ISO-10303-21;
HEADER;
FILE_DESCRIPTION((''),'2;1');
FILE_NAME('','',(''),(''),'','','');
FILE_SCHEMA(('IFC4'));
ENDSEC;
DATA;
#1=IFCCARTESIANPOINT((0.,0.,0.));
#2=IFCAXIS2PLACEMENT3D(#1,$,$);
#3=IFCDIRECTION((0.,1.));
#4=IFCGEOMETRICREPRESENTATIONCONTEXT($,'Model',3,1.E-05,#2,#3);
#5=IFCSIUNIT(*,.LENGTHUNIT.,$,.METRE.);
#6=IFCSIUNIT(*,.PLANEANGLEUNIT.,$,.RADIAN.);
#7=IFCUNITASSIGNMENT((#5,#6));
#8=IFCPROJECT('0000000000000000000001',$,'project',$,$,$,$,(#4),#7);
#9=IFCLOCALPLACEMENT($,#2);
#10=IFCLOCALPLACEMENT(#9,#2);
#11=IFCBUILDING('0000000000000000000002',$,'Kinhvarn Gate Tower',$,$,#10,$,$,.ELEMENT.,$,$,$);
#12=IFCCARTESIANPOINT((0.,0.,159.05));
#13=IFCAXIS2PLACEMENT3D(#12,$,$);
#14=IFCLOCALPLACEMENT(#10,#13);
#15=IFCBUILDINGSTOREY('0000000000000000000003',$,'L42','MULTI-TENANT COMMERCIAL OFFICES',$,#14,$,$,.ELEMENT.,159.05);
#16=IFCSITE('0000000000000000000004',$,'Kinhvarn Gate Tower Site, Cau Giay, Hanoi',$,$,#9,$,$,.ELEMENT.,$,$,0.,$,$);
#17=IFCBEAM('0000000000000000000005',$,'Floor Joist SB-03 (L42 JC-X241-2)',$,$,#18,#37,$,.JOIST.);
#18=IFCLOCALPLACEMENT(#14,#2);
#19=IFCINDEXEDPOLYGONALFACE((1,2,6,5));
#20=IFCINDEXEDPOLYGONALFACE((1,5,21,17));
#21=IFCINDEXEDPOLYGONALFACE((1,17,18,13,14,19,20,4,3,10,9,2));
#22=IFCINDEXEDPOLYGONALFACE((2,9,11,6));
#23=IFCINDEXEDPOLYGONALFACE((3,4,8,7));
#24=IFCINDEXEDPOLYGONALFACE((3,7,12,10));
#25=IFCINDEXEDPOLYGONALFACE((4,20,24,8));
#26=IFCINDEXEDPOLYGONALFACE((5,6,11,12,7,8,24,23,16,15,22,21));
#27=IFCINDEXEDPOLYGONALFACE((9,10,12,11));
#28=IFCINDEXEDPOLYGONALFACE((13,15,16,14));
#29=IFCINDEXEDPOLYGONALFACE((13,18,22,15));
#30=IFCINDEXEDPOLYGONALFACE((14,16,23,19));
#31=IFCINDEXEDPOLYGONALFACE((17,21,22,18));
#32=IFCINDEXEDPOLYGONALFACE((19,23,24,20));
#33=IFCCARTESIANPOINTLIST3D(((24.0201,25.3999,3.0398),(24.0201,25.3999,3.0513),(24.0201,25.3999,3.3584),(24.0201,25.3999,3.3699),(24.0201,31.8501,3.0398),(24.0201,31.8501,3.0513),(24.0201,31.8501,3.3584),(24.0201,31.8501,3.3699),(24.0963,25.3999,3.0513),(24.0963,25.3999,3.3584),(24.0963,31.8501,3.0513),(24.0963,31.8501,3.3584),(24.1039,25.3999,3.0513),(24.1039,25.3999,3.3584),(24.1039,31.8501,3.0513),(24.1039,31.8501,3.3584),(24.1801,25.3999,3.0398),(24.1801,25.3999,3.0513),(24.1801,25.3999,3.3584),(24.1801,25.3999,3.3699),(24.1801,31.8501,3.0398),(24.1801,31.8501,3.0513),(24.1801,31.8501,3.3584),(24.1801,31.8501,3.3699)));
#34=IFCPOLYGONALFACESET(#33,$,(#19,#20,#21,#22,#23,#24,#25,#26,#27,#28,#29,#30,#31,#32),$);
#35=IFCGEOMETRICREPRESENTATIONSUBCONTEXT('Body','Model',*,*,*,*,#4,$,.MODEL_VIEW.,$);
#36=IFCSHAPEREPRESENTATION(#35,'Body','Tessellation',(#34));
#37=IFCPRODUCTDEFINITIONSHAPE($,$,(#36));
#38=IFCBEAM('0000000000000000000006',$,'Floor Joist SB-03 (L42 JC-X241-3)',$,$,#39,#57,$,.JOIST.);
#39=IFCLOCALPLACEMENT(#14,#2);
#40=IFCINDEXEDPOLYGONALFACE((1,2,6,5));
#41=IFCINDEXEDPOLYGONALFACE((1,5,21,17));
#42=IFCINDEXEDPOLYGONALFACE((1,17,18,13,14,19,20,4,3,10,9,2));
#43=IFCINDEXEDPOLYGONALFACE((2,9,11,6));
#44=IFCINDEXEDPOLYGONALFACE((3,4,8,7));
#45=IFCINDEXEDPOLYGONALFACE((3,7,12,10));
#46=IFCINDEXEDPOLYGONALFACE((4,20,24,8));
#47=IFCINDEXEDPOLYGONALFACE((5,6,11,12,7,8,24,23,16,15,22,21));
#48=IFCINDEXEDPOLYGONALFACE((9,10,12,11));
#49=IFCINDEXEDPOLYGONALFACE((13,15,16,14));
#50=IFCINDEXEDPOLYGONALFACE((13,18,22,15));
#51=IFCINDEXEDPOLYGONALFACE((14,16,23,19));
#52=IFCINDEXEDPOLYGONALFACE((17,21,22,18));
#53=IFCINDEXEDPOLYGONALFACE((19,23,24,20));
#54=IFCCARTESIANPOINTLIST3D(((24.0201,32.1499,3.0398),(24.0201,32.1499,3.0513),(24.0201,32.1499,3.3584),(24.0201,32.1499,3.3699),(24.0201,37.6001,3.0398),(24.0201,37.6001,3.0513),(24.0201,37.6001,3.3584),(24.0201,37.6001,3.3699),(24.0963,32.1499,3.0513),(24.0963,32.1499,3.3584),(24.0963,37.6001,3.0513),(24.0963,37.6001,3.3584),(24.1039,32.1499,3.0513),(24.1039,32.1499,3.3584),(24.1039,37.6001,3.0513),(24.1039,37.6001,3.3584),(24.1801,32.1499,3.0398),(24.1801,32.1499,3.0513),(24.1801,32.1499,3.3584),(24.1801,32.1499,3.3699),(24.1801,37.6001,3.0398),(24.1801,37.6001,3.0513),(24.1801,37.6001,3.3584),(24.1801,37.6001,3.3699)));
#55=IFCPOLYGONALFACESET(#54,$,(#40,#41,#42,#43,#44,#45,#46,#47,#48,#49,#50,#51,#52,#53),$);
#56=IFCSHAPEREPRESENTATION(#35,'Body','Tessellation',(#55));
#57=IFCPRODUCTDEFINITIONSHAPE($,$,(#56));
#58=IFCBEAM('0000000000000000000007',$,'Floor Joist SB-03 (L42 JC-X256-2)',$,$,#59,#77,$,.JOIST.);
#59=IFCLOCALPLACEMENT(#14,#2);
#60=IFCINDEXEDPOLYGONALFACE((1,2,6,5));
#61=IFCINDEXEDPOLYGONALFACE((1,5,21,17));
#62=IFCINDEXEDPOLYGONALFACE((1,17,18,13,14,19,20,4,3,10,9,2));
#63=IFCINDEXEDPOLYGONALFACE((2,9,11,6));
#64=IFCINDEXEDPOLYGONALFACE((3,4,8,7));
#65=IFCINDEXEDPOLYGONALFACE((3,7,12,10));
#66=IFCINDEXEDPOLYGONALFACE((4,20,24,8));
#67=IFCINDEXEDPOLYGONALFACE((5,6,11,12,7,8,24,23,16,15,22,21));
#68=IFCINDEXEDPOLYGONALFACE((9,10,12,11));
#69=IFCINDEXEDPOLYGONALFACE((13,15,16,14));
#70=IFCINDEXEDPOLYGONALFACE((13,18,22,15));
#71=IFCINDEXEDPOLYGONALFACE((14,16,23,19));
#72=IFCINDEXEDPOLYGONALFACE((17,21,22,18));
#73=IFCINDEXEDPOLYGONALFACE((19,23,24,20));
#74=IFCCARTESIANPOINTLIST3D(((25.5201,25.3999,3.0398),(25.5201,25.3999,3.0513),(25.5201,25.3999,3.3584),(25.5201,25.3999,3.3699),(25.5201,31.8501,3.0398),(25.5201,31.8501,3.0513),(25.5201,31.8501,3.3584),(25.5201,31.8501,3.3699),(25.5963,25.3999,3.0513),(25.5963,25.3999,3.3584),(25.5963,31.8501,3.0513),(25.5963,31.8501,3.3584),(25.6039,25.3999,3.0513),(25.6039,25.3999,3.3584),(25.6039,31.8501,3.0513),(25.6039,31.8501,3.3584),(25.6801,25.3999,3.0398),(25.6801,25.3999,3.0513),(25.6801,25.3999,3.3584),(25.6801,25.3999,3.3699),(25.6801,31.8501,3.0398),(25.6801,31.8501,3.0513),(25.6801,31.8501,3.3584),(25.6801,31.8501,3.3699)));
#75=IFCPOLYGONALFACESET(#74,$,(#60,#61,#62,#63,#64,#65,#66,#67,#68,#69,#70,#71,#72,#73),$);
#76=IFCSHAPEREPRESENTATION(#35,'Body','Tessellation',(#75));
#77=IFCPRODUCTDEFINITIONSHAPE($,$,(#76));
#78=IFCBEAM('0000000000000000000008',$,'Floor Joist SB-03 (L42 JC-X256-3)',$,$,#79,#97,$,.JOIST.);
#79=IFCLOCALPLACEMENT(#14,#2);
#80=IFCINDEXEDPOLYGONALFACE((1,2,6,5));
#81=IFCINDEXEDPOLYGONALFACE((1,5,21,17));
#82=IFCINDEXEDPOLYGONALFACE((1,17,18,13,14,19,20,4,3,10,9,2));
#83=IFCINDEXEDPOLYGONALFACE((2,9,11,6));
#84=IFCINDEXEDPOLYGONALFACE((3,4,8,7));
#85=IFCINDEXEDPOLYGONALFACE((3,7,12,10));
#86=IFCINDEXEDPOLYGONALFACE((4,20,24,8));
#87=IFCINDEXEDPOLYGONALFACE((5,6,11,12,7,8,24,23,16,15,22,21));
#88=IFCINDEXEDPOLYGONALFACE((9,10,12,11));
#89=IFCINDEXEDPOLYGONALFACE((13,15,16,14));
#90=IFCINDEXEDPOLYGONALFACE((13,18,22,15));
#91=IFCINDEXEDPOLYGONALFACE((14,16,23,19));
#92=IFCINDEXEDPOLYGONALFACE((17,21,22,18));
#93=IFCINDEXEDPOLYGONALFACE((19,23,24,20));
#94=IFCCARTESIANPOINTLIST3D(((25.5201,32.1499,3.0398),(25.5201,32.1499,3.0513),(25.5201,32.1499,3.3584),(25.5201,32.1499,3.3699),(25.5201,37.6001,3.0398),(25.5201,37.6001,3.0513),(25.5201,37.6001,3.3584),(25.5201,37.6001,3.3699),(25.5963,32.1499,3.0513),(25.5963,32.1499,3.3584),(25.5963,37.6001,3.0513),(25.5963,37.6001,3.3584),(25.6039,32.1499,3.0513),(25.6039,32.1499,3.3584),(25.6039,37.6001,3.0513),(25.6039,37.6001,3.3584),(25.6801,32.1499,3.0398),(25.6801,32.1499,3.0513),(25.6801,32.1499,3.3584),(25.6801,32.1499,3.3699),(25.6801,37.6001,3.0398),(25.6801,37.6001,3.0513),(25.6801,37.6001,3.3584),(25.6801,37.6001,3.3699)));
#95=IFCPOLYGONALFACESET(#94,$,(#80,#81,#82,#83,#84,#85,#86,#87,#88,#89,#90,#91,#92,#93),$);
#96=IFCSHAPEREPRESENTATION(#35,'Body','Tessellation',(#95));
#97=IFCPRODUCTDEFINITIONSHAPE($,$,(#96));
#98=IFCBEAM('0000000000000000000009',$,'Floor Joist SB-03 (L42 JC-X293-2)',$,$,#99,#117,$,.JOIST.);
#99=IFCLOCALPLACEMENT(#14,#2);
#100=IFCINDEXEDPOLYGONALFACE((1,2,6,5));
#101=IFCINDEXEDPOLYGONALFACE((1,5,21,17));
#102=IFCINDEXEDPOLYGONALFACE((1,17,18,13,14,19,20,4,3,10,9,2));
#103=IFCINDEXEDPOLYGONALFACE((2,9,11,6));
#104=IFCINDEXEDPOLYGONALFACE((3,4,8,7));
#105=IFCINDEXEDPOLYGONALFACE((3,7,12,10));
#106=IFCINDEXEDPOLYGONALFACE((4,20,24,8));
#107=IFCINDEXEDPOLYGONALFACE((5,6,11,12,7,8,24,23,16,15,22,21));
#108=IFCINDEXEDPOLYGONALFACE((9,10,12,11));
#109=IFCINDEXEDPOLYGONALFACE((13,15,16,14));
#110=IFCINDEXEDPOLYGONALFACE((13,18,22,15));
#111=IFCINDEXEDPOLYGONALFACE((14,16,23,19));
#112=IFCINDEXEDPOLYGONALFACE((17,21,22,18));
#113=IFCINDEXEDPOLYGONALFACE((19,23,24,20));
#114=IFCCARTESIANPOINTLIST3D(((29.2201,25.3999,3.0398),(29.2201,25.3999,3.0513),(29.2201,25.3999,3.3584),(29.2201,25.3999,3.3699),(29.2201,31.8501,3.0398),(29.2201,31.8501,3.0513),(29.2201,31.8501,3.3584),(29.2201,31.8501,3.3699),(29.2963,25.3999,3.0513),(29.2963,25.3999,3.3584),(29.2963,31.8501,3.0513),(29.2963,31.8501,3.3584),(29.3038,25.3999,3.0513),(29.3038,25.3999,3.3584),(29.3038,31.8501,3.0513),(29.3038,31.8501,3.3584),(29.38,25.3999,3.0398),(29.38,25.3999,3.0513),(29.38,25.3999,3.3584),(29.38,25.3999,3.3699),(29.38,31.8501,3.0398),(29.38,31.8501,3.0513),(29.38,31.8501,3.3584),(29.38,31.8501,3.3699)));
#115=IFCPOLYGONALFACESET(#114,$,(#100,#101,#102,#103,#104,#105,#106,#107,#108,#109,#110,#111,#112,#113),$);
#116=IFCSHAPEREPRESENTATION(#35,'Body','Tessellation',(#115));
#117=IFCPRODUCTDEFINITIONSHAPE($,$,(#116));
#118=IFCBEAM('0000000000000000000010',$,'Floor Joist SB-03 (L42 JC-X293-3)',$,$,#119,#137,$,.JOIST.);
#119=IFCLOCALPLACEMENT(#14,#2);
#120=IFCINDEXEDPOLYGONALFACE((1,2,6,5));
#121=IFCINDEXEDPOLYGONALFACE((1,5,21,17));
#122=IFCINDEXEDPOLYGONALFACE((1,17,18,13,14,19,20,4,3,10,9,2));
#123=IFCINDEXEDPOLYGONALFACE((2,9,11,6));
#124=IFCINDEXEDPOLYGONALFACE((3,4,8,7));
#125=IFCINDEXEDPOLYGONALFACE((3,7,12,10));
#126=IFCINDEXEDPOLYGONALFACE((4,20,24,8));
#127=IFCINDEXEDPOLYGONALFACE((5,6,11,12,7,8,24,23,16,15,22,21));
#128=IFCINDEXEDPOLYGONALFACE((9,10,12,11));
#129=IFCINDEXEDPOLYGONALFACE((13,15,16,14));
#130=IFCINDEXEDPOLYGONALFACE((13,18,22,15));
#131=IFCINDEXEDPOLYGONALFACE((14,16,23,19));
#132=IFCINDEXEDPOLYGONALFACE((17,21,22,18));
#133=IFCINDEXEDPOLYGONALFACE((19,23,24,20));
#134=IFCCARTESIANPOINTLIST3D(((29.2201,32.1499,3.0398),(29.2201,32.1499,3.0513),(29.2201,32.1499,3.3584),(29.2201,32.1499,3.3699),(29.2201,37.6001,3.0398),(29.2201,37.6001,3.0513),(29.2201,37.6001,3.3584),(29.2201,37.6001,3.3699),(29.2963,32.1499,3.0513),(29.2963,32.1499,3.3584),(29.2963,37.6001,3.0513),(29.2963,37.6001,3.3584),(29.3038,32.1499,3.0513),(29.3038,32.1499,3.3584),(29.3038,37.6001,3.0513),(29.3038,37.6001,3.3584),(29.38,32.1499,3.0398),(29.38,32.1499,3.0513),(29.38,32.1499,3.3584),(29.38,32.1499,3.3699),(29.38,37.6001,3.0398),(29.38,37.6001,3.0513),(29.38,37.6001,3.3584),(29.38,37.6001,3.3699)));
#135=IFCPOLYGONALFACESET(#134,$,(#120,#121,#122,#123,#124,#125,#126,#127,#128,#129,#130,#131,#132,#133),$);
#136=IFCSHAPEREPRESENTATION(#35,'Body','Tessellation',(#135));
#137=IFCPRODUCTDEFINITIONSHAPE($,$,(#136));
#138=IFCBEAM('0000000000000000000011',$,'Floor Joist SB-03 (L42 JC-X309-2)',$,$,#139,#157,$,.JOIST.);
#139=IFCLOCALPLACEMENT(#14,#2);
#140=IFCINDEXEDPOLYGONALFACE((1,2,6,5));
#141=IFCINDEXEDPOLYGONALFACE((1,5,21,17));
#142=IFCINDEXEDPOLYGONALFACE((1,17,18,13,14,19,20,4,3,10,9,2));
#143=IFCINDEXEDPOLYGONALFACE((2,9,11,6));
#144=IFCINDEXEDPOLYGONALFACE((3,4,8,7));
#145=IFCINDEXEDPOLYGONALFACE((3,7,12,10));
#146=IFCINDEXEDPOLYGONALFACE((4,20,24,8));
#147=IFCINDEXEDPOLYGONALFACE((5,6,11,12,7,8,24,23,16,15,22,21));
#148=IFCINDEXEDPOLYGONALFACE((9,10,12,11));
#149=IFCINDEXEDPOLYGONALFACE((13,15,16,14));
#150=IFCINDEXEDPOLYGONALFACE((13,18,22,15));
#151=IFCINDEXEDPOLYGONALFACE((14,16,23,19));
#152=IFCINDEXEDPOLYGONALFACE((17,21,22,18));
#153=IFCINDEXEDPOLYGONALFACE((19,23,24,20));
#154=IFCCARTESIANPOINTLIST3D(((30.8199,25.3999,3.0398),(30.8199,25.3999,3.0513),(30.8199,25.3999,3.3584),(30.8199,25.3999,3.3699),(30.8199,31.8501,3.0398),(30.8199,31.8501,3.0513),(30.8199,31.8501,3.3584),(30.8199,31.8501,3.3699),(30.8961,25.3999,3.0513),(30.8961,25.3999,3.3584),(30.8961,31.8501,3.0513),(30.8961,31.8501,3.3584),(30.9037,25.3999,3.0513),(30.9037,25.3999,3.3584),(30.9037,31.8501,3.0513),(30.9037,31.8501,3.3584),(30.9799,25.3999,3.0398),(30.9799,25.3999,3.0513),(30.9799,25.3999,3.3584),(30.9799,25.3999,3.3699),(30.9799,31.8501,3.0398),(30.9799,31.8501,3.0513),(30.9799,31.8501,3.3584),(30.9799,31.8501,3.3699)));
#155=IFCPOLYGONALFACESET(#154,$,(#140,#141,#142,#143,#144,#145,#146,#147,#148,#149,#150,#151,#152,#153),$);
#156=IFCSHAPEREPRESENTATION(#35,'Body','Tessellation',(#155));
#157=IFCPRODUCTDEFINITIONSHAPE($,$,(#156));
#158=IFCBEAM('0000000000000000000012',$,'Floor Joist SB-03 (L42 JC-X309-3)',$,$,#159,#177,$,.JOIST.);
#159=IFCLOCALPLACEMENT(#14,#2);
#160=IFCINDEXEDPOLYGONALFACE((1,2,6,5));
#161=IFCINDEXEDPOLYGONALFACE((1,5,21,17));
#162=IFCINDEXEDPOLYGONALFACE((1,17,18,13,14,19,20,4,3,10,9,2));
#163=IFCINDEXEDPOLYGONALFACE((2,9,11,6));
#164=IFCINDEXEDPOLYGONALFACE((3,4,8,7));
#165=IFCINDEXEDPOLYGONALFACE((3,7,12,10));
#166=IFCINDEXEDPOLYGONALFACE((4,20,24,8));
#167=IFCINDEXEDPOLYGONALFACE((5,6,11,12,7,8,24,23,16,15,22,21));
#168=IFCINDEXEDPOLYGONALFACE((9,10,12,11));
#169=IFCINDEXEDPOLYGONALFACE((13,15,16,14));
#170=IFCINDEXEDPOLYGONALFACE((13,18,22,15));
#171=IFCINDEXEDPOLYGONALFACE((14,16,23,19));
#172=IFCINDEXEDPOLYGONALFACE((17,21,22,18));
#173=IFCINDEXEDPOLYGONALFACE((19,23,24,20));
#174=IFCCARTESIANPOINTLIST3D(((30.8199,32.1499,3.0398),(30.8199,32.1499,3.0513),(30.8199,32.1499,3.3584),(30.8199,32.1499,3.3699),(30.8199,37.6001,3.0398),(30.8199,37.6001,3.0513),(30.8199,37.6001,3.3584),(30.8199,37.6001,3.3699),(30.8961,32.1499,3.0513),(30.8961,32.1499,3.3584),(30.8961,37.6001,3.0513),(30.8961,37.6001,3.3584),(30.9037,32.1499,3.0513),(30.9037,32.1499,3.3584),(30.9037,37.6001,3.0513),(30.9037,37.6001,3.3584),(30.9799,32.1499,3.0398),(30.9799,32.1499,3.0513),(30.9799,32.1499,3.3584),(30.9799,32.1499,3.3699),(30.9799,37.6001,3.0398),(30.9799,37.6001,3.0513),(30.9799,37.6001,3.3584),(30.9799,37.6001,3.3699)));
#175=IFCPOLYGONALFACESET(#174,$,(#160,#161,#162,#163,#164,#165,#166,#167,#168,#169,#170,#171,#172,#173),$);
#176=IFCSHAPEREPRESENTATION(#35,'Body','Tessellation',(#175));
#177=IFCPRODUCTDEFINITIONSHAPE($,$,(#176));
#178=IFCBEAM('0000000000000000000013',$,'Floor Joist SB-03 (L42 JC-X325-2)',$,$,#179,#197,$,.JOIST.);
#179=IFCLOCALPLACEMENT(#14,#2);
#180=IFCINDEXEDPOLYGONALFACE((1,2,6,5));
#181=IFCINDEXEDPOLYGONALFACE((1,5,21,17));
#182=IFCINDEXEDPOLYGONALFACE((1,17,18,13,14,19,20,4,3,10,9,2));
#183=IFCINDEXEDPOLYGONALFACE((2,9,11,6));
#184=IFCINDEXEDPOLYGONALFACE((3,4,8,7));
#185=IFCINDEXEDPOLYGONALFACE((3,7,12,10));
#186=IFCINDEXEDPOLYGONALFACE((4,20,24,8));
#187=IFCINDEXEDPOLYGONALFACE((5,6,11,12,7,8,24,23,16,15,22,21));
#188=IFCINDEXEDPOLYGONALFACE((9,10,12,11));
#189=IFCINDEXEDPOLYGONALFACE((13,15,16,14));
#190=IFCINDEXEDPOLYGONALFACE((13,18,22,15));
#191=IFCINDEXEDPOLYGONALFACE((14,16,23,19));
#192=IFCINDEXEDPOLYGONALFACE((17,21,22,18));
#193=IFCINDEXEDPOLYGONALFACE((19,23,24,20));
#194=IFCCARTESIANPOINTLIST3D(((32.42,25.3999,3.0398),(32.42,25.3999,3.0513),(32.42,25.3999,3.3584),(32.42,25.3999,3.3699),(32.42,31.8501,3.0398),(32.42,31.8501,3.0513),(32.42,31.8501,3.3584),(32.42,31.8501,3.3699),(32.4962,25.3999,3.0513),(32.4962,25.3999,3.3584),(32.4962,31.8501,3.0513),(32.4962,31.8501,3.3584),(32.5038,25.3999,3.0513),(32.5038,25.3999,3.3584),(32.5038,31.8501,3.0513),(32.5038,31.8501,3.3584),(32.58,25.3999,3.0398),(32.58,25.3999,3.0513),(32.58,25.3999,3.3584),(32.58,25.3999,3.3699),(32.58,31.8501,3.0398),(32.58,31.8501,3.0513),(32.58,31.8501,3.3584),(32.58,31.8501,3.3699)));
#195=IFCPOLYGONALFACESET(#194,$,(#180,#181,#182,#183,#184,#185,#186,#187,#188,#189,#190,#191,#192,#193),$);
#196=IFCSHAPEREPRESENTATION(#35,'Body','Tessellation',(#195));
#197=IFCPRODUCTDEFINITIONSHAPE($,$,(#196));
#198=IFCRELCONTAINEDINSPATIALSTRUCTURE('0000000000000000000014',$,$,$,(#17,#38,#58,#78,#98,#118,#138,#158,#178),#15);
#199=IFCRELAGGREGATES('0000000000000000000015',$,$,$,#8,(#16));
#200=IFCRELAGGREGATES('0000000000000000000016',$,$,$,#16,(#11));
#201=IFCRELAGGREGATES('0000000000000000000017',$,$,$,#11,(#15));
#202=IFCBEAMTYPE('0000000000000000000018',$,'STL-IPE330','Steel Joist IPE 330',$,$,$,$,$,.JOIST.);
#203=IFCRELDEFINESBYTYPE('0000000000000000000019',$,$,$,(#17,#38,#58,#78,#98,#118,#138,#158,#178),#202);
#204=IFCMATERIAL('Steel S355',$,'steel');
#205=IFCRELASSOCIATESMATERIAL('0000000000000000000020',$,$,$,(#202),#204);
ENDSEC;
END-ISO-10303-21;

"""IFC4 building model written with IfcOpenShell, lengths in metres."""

from ifc_helpers import new_model, si_unit, direction, frame, origin, origin_2d, place, context, subcontext, project, spatial, i_section, extrude, material, material_profile, profile_set, type_object, element, save


model = new_model("IFC4")

# Units and contexts
model_context = context("Model", 3, precision=1e-05, world=origin(), true_north=direction((0.0, 1.0)))
body_context = subcontext(model_context, "Body", "Model", "MODEL_VIEW")
ifc_project = project(units=[si_unit("LENGTHUNIT", "METRE"), si_unit("PLANEANGLEUNIT", "RADIAN")], contexts=[model_context])

# Site, building, storey
site_placement = place(None, origin())
site = spatial("IfcSite", under=ifc_project, at=site_placement, Name="Kinhvarn Gate Tower Site, Cau Giay, Hanoi", CompositionType="ELEMENT", RefElevation=0.0)
building_placement = place(site_placement, origin())
building = spatial("IfcBuilding", under=site, at=building_placement, Name="Kinhvarn Gate Tower", CompositionType="ELEMENT")
storey_placement = place(building_placement, frame((0.0, 0.0, 159.05)))
storey = spatial("IfcBuildingStorey", under=building, at=storey_placement, Name="L42", Description="MULTI-TENANT COMMERCIAL OFFICES", CompositionType="ELEMENT", Elevation=159.05)

# Beams
ifc_material_1 = material(Name="Steel S355", Category="steel")
ifc_material_profile = material_profile(ifc_material_1, i_section(OverallWidth=0.1599, OverallDepth=0.3301, WebThickness=0.0076, FlangeThickness=0.0115, at=origin_2d()), Name="IPE 330")
ifc_profile_set = profile_set([ifc_material_profile], Name="Steel S355")
beam_type = type_object("IfcBeamType", Name="STL-IPE330", Description="Steel Joist IPE 330", PredefinedType="JOIST", material=ifc_profile_set)
beam_1_placement = place(storey_placement, frame((24.1001, 25.3999, 3.2048), z_axis=(0.0, 1.0, 0.0), x_axis=(-1.0, 0.0, 0.0)))
element("IfcBeam", 1, at=beam_1_placement, inside=storey, type_object=beam_type, Name="Floor Joist SB-03 (L42 JC-X241-2)", PredefinedType="JOIST", context=body_context, shape_type="SweptSolid", body=[
    extrude(i_section(OverallWidth=0.1599, OverallDepth=0.3301, WebThickness=0.0076, FlangeThickness=0.0115, at=origin_2d()), origin(), (0.0, 0.0, 1.0), 6.4502),
])
beam_2_placement = place(storey_placement, frame((24.1001, 32.1499, 3.2048), z_axis=(0.0, 1.0, 0.0), x_axis=(-1.0, 0.0, 0.0)))
element("IfcBeam", 2, at=beam_2_placement, inside=storey, type_object=beam_type, Name="Floor Joist SB-03 (L42 JC-X241-3)", PredefinedType="JOIST", context=body_context, shape_type="SweptSolid", body=[
    extrude(i_section(OverallWidth=0.1599, OverallDepth=0.3301, WebThickness=0.0076, FlangeThickness=0.0115, at=origin_2d()), origin(), (0.0, 0.0, 1.0), 5.4502),
])
beam_3_placement = place(storey_placement, frame((25.6001, 25.3999, 3.2048), z_axis=(0.0, 1.0, 0.0), x_axis=(-1.0, 0.0, 0.0)))
element("IfcBeam", 3, at=beam_3_placement, inside=storey, type_object=beam_type, Name="Floor Joist SB-03 (L42 JC-X256-2)", PredefinedType="JOIST", context=body_context, shape_type="SweptSolid", body=[
    extrude(i_section(OverallWidth=0.1599, OverallDepth=0.3301, WebThickness=0.0076, FlangeThickness=0.0115, at=origin_2d()), origin(), (0.0, 0.0, 1.0), 6.4502),
])
beam_4_placement = place(storey_placement, frame((25.6001, 32.1499, 3.2048), z_axis=(0.0, 1.0, 0.0), x_axis=(-1.0, 0.0, 0.0)))
element("IfcBeam", 4, at=beam_4_placement, inside=storey, type_object=beam_type, Name="Floor Joist SB-03 (L42 JC-X256-3)", PredefinedType="JOIST", context=body_context, shape_type="SweptSolid", body=[
    extrude(i_section(OverallWidth=0.1599, OverallDepth=0.3301, WebThickness=0.0076, FlangeThickness=0.0115, at=origin_2d()), origin(), (0.0, 0.0, 1.0), 5.4502),
])
beam_5_placement = place(storey_placement, frame((29.3, 25.3999, 3.2048), z_axis=(0.0, 1.0, 0.0), x_axis=(-1.0, 0.0, 0.0)))
element("IfcBeam", 5, at=beam_5_placement, inside=storey, type_object=beam_type, Name="Floor Joist SB-03 (L42 JC-X293-2)", PredefinedType="JOIST", context=body_context, shape_type="SweptSolid", body=[
    extrude(i_section(OverallWidth=0.1599, OverallDepth=0.3301, WebThickness=0.0076, FlangeThickness=0.0115, at=origin_2d()), origin(), (0.0, 0.0, 1.0), 6.4502),
])
beam_6_placement = place(storey_placement, frame((29.3, 32.1499, 3.2048), z_axis=(0.0, 1.0, 0.0), x_axis=(-1.0, 0.0, 0.0)))
element("IfcBeam", 6, at=beam_6_placement, inside=storey, type_object=beam_type, Name="Floor Joist SB-03 (L42 JC-X293-3)", PredefinedType="JOIST", context=body_context, shape_type="SweptSolid", body=[
    extrude(i_section(OverallWidth=0.1599, OverallDepth=0.3301, WebThickness=0.0076, FlangeThickness=0.0115, at=origin_2d()), origin(), (0.0, 0.0, 1.0), 5.4502),
])
beam_7_placement = place(storey_placement, frame((30.8999, 25.3999, 3.2048), z_axis=(0.0, 1.0, 0.0), x_axis=(-1.0, 0.0, 0.0)))
element("IfcBeam", 7, at=beam_7_placement, inside=storey, type_object=beam_type, Name="Floor Joist SB-03 (L42 JC-X309-2)", PredefinedType="JOIST", context=body_context, shape_type="SweptSolid", body=[
    extrude(i_section(OverallWidth=0.1599, OverallDepth=0.3301, WebThickness=0.0076, FlangeThickness=0.0115, at=origin_2d()), origin(), (0.0, 0.0, 1.0), 6.4502),
])
beam_8_placement = place(storey_placement, frame((30.8999, 32.1499, 3.2048), z_axis=(0.0, 1.0, 0.0), x_axis=(-1.0, 0.0, 0.0)))
element("IfcBeam", 8, at=beam_8_placement, inside=storey, type_object=beam_type, Name="Floor Joist SB-03 (L42 JC-X309-3)", PredefinedType="JOIST", context=body_context, shape_type="SweptSolid", body=[
    extrude(i_section(OverallWidth=0.1599, OverallDepth=0.3301, WebThickness=0.0076, FlangeThickness=0.0115, at=origin_2d()), origin(), (0.0, 0.0, 1.0), 5.4502),
])
beam_9_placement = place(storey_placement, frame((32.5, 25.3999, 3.2048), z_axis=(0.0, 1.0, 0.0), x_axis=(-1.0, 0.0, 0.0)))
element("IfcBeam", 9, at=beam_9_placement, inside=storey, type_object=beam_type, Name="Floor Joist SB-03 (L42 JC-X325-2)", PredefinedType="JOIST", context=body_context, shape_type="SweptSolid", body=[
    extrude(i_section(OverallWidth=0.1599, OverallDepth=0.3301, WebThickness=0.0076, FlangeThickness=0.0115, at=origin_2d()), origin(), (0.0, 0.0, 1.0), 6.4502),
])

save(model, "model.ifc")
